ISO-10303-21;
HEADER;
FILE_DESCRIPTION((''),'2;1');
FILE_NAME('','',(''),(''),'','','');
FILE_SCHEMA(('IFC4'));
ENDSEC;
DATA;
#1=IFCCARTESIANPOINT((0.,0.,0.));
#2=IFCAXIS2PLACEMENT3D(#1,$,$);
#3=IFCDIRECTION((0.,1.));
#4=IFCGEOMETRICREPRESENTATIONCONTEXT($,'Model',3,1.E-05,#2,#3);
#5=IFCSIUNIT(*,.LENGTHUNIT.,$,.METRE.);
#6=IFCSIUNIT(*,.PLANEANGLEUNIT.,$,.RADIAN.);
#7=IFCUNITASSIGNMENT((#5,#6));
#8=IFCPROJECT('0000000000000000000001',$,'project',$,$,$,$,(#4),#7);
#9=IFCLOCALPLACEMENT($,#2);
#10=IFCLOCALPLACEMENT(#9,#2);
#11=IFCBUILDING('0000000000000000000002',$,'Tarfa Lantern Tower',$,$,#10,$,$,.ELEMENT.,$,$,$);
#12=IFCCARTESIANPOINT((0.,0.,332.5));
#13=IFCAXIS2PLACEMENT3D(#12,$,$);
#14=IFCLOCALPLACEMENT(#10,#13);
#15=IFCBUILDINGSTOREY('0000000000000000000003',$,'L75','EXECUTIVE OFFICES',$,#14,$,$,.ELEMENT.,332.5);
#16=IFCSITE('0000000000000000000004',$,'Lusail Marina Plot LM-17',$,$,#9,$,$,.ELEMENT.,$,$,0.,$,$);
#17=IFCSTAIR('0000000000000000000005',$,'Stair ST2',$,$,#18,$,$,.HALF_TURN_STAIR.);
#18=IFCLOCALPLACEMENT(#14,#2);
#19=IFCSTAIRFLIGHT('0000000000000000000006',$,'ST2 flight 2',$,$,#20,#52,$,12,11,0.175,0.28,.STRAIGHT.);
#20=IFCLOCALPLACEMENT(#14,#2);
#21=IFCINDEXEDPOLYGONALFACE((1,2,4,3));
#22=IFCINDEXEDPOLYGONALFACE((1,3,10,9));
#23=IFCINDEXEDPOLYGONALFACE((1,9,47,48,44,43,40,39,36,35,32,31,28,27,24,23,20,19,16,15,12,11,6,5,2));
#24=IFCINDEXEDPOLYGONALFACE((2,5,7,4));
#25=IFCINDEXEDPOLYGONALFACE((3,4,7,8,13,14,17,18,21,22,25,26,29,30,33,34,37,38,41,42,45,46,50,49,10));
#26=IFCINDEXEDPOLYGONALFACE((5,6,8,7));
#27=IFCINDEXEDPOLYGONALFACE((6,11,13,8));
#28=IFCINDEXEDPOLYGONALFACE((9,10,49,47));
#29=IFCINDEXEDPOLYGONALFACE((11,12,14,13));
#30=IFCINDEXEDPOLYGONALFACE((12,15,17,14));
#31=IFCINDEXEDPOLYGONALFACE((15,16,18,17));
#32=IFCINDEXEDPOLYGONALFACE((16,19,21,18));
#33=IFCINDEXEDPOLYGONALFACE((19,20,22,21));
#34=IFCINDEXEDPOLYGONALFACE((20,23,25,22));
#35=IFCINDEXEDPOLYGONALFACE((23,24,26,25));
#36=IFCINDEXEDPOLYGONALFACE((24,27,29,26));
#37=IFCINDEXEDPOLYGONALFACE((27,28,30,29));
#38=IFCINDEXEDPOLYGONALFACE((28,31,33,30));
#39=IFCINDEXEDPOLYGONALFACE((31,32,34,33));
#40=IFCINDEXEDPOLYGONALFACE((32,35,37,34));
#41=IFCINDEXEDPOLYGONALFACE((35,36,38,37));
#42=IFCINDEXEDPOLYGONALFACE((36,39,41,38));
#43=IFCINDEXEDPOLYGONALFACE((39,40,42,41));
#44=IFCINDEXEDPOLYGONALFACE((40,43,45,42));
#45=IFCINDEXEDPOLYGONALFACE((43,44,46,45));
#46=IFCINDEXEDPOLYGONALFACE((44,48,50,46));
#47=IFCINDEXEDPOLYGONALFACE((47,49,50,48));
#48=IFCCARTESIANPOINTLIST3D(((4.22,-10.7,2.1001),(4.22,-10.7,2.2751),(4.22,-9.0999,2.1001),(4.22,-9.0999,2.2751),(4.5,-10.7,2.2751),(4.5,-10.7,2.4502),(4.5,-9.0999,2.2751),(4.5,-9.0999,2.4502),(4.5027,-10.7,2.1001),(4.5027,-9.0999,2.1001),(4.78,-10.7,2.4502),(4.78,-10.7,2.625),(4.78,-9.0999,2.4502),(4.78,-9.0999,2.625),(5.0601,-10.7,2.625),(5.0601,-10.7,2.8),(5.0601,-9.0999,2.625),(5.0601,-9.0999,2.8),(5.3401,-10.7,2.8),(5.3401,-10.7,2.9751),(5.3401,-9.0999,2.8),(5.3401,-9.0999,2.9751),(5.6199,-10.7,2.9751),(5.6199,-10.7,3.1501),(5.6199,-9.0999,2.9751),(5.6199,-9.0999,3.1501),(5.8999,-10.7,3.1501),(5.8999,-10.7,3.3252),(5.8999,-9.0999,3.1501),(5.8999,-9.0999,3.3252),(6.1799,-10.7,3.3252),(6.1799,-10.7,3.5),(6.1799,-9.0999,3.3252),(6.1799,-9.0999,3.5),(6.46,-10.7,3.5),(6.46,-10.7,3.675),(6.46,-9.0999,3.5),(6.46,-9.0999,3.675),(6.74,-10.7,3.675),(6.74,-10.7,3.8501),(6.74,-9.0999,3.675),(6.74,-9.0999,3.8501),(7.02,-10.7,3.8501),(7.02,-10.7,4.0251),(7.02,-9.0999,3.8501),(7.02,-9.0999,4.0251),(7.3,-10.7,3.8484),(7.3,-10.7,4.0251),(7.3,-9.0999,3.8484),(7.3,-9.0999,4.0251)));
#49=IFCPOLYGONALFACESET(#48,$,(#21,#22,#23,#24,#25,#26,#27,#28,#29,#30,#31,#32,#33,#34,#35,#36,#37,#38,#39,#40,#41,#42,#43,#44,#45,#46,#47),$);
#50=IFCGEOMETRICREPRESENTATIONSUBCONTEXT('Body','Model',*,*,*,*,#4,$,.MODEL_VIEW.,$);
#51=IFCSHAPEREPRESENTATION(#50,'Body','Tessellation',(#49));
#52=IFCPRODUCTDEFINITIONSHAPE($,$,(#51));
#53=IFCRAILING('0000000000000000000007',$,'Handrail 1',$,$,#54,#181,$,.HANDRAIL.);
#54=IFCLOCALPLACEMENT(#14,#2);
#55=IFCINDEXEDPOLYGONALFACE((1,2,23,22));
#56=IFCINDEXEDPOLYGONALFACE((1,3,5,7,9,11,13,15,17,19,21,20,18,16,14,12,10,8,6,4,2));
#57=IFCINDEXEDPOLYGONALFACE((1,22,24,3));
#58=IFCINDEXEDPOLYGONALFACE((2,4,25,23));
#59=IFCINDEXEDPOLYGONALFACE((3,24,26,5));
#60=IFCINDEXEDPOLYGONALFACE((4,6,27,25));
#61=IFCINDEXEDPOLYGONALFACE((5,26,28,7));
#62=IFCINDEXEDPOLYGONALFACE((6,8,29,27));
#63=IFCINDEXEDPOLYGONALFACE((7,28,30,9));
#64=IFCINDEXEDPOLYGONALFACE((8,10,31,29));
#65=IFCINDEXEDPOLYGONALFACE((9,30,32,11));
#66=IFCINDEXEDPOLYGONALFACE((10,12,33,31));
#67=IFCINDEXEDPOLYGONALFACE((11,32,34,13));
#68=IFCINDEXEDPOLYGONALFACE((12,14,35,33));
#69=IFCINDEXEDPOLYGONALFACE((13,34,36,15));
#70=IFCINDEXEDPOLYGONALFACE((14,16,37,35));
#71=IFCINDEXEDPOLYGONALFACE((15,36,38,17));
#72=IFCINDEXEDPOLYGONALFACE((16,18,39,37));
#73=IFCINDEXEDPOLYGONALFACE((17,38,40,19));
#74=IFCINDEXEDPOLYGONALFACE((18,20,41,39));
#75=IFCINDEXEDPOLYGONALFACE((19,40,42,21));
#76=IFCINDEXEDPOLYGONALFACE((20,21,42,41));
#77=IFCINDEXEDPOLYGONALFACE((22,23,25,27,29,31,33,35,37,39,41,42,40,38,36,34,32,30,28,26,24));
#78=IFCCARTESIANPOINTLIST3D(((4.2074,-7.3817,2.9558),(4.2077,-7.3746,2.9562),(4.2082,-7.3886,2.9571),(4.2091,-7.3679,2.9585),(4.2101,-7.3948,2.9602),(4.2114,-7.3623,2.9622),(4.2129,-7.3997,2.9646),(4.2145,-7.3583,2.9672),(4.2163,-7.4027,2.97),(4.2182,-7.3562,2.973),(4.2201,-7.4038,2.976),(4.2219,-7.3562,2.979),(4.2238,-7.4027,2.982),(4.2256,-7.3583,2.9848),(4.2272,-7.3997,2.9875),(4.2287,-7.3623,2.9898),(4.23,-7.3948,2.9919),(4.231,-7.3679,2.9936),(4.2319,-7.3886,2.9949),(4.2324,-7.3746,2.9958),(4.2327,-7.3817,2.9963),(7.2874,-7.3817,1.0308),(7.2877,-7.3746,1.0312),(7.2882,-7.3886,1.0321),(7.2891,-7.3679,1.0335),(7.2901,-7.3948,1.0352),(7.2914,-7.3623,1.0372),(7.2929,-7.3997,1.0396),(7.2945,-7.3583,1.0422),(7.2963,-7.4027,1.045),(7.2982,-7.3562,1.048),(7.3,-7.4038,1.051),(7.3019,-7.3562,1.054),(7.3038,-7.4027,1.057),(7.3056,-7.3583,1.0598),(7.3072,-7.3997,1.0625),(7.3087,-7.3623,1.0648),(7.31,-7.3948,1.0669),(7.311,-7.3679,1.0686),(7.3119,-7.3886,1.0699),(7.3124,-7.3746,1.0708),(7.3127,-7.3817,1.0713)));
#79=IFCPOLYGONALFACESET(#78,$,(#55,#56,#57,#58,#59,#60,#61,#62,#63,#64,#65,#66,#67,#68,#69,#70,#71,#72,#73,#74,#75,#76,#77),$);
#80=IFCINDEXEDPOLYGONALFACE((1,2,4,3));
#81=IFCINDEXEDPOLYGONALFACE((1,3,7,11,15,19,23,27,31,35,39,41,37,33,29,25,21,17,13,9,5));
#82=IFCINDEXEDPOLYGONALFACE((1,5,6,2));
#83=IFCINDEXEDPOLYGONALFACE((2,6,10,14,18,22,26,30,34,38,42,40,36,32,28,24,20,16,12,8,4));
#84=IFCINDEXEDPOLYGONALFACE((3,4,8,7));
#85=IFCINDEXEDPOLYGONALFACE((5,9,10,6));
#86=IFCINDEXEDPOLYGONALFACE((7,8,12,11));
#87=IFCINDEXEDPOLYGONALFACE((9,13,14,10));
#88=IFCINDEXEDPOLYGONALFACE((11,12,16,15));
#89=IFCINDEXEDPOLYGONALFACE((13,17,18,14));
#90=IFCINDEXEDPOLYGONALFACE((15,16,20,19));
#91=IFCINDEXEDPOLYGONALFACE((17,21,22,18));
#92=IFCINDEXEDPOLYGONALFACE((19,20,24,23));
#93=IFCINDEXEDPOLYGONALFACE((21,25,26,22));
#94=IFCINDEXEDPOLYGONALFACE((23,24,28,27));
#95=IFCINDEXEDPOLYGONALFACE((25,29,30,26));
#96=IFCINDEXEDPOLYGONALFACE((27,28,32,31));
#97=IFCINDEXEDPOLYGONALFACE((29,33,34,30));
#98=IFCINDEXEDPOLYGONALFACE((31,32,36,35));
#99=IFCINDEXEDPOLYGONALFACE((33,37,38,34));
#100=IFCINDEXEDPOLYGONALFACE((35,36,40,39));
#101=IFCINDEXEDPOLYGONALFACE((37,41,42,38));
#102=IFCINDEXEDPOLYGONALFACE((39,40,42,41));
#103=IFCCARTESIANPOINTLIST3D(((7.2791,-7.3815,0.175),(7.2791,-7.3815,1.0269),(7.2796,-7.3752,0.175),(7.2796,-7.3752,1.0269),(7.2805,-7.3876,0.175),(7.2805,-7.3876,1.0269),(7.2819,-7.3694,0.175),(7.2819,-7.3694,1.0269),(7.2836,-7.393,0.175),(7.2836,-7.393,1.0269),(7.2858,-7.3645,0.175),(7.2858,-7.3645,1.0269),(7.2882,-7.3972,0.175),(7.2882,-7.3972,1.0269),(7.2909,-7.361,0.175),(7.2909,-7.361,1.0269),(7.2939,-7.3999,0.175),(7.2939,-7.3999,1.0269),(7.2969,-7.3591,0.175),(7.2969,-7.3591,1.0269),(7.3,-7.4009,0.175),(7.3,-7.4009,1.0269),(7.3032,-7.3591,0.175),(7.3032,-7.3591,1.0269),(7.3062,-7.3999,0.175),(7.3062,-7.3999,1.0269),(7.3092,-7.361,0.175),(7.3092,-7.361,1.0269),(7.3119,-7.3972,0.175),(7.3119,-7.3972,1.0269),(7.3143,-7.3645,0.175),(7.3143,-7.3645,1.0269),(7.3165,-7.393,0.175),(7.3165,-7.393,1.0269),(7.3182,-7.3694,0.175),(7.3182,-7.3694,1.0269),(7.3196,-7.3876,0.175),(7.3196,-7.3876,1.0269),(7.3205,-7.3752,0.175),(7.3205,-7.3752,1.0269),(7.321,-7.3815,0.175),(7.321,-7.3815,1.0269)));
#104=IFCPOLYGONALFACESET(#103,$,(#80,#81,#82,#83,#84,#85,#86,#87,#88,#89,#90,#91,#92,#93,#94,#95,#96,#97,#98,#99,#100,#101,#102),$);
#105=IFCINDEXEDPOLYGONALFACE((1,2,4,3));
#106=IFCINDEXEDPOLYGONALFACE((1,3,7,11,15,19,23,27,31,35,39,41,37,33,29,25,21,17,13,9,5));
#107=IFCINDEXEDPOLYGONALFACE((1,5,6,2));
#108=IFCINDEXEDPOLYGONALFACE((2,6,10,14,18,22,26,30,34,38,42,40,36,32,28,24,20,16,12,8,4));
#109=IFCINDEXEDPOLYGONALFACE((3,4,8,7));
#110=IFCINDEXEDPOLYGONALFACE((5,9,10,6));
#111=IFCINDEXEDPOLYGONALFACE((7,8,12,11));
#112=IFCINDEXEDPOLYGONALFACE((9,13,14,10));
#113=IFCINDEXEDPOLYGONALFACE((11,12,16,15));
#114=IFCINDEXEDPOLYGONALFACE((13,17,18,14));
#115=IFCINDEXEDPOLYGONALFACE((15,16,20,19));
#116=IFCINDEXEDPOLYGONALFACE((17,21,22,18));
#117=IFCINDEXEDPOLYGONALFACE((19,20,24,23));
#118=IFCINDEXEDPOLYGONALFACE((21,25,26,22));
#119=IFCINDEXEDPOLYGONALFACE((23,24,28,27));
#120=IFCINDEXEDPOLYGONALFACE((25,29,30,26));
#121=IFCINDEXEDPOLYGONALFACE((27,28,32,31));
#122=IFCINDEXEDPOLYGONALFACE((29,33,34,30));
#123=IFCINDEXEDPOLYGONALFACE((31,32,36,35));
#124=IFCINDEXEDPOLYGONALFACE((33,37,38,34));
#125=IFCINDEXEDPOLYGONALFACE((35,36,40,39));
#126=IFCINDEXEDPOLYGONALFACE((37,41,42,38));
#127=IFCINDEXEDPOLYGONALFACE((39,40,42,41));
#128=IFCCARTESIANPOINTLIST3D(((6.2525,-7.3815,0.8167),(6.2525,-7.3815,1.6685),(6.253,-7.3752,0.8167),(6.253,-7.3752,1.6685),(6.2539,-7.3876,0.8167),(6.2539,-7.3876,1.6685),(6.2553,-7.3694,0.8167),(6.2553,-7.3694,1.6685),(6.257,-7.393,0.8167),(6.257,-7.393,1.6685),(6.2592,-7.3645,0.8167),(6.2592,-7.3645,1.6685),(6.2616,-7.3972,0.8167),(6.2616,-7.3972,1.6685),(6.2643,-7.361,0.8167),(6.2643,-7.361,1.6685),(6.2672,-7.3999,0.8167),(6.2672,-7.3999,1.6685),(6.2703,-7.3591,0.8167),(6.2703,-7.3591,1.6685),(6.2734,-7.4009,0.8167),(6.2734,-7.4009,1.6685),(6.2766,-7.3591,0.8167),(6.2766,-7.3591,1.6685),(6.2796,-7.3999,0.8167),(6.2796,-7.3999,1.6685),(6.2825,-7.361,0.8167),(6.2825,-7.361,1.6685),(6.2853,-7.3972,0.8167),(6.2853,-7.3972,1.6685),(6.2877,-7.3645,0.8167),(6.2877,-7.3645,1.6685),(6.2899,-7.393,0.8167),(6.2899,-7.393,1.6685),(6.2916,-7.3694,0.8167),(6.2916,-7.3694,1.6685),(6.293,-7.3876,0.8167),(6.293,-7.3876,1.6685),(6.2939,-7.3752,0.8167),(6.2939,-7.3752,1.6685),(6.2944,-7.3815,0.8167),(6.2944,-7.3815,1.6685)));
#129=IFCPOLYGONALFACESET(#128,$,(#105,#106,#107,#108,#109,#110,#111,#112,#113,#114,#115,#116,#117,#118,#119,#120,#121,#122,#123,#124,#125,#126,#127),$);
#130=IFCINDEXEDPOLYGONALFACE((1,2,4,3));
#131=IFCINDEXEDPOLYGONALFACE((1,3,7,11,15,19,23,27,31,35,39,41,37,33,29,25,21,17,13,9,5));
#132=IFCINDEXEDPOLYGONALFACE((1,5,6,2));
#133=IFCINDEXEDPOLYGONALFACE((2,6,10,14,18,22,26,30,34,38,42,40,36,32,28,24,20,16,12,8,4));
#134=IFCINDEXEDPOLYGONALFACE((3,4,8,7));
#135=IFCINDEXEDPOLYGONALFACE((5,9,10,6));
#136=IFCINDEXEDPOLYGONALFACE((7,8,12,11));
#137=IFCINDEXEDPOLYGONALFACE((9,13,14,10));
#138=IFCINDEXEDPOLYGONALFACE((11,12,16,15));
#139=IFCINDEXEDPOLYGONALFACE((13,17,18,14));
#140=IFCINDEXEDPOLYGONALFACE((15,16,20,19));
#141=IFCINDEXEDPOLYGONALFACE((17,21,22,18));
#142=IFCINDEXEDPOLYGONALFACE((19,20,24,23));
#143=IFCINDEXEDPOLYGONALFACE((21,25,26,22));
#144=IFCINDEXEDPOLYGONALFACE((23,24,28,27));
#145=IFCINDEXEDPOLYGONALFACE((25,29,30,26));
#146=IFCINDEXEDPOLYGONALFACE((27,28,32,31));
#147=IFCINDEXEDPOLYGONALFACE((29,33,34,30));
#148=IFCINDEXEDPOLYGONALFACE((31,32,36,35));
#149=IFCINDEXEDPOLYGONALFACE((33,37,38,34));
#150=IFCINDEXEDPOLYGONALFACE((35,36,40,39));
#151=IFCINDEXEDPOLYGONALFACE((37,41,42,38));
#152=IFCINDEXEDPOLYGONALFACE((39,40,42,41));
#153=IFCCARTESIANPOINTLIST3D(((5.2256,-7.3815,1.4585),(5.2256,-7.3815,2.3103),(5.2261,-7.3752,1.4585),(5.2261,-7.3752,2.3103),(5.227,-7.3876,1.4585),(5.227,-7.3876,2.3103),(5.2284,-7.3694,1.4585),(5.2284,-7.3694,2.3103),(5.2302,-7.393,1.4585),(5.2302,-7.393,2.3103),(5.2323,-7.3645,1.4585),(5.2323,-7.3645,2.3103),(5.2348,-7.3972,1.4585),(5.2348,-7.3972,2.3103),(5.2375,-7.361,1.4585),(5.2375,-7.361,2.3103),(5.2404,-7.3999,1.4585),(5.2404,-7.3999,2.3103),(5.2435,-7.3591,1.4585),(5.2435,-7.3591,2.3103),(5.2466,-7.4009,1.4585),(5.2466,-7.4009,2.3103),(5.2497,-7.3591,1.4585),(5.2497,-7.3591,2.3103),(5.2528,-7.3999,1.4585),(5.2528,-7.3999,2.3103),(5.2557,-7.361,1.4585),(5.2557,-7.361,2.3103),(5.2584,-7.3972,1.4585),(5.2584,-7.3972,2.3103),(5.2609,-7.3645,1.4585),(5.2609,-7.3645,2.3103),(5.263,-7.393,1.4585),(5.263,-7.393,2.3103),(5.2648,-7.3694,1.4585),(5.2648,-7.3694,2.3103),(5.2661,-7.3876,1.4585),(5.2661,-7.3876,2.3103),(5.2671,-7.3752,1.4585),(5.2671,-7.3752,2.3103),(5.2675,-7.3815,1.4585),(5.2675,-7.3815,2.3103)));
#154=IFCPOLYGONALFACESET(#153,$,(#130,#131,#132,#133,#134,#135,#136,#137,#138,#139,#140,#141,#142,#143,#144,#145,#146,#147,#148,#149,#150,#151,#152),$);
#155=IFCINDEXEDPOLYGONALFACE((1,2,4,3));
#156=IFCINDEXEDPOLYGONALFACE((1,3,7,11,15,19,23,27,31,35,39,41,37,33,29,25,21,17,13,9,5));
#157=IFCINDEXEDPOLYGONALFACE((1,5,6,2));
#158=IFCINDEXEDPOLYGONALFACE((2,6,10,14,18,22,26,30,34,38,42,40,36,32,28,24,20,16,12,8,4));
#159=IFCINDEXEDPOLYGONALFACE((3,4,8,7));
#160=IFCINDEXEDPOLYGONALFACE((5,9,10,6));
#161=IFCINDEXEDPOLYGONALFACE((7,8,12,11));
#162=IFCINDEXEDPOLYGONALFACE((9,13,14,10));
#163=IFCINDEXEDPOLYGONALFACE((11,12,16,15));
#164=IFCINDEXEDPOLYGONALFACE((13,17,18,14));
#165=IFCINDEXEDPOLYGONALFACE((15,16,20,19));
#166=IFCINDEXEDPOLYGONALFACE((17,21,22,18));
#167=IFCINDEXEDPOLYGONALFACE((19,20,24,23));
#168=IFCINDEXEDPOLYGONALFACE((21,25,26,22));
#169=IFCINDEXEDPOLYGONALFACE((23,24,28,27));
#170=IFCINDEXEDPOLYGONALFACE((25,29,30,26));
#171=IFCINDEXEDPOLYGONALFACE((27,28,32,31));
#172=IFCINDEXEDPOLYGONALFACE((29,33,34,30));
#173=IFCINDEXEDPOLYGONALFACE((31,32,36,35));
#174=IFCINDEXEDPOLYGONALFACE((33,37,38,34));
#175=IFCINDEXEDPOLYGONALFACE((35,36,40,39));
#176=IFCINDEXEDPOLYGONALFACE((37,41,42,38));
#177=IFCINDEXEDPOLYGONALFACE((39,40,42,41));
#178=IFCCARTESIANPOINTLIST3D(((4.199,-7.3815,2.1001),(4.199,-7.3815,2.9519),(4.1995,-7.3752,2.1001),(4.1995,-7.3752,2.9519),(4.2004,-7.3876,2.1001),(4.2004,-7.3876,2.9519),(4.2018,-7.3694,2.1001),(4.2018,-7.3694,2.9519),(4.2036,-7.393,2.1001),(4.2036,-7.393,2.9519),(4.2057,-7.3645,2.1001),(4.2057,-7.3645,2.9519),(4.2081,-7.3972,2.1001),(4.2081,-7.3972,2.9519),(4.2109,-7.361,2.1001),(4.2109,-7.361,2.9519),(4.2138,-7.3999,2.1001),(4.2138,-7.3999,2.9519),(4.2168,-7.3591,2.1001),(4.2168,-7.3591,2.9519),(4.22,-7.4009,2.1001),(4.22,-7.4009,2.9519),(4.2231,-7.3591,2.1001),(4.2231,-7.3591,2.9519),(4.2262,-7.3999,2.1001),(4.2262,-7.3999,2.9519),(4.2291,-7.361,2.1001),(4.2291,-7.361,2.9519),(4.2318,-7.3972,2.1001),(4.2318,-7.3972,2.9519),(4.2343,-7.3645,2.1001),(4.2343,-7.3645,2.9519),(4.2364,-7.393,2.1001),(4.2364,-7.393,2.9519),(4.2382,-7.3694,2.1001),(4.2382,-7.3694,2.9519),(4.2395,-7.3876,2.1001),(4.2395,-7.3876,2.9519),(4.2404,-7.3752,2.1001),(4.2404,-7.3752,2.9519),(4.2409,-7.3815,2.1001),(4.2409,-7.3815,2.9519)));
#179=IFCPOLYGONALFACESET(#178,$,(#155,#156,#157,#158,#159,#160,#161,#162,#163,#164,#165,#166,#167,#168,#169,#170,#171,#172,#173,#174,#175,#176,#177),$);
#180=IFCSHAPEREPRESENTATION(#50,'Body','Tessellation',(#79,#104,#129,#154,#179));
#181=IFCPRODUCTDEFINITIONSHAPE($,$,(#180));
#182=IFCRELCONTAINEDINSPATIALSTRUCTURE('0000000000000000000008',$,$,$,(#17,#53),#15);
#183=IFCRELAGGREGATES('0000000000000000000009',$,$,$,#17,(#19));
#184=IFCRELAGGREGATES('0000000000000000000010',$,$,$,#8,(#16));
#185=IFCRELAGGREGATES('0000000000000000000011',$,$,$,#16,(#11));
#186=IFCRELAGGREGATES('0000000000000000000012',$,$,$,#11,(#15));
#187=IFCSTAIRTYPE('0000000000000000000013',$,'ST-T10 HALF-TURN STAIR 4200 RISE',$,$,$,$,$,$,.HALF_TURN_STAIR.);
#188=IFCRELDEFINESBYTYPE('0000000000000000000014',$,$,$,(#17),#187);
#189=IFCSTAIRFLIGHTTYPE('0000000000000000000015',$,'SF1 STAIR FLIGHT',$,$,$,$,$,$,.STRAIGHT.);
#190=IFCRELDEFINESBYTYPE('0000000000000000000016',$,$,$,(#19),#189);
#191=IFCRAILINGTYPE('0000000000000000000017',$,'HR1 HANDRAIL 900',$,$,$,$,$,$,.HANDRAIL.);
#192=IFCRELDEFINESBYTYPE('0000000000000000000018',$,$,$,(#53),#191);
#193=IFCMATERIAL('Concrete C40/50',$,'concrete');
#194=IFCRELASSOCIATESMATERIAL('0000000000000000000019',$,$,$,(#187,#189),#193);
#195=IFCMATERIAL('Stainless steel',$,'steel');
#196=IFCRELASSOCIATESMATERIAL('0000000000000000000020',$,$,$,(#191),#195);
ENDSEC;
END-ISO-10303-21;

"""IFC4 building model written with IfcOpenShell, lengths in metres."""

from ifc_helpers import new_model, si_unit, direction, frame, origin, origin_2d, place, context, subcontext, project, spatial, polyline, circle, outline, extrude, material, type_object, element, aggregate, save


model = new_model("IFC4")

# Units and contexts
model_context = context("Model", 3, precision=1e-05, world=origin(), true_north=direction((0.0, 1.0)))
body_context = subcontext(model_context, "Body", "Model", "MODEL_VIEW")
ifc_project = project(units=[si_unit("LENGTHUNIT", "METRE"), si_unit("PLANEANGLEUNIT", "RADIAN")], contexts=[model_context])

# Site, building, storey
site_placement = place(None, origin())
site = spatial("IfcSite", under=ifc_project, at=site_placement, Name="Lusail Marina Plot LM-17", CompositionType="ELEMENT", RefElevation=0.0)
building_placement = place(site_placement, origin())
building = spatial("IfcBuilding", under=site, at=building_placement, Name="Tarfa Lantern Tower", CompositionType="ELEMENT")
storey_placement = place(building_placement, frame((0.0, 0.0, 332.5)))
storey = spatial("IfcBuildingStorey", under=building, at=storey_placement, Name="L75", Description="EXECUTIVE OFFICES", CompositionType="ELEMENT", Elevation=332.5)

# Stair, stair flight
ifc_material_1 = material(Name="Concrete C40/50", Category="concrete")
stair_type = type_object("IfcStairType", Name="ST-T10 HALF-TURN STAIR 4200 RISE", PredefinedType="HALF_TURN_STAIR", material=ifc_material_1)
stair_placement = place(storey_placement, origin())
stair = element("IfcStair", 1, at=stair_placement, inside=storey, type_object=stair_type, Name="Stair ST2", PredefinedType="HALF_TURN_STAIR")
stair_flight_type = type_object("IfcStairFlightType", Name="SF1 STAIR FLIGHT", PredefinedType="STRAIGHT", material=ifc_material_1)
stair_flight_1_placement = place(storey_placement, frame((4.22, -9.8999, 2.1001), z_axis=(0.0, 0.0, 1.0), x_axis=(1.0, 0.0, 0.0)))
stair_flight_1 = element("IfcStairFlight", 2, at=stair_flight_1_placement, type_object=stair_flight_type, Name="ST2 flight 2", NumberOfRisers=12, NumberOfTreads=11, PredefinedType="STRAIGHT", RiserHeight=0.175, TreadLength=0.28, context=body_context, shape_type="SweptSolid", body=[
    extrude(outline(polyline([(0.0, 0.0), (0.0, 0.175), (0.28, 0.175), (0.28, 0.3501), (0.5601, 0.3501), (0.5601, 0.5249), (0.8401, 0.5249), (0.8401, 0.7), (1.1201, 0.7), (1.1201, 0.875), (1.3999, 0.875), (1.3999, 1.05), (1.6799, 1.05), (1.6799, 1.2251), (1.96, 1.2251), (1.96, 1.3999), (2.24, 1.3999), (2.24, 1.575), (2.52, 1.575), (2.52, 1.75), (2.8, 1.75), (2.8, 1.925), (3.0801, 1.925), (3.0801, 2.1001), (3.0801, 1.7483), (0.2827, 0.0), (0.0, 0.0)])), frame((0.0, 0.8, 0.0), z_axis=(0.0, -1.0, 0.0), x_axis=(1.0, 0.0, 0.0)), (0.0, 0.0, 1.0), 1.6001),
])
aggregate(stair, [stair_flight_1])

# Railing
ifc_material_2 = material(Name="Stainless steel", Category="steel")
railing_type = type_object("IfcRailingType", Name="HR1 HANDRAIL 900", PredefinedType="HANDRAIL", material=ifc_material_2)
railing_1_placement = place(storey_placement, frame((7.3, -7.3799, 0.175)))
element("IfcRailing", 3, at=railing_1_placement, inside=storey, type_object=railing_type, Name="Handrail 1", PredefinedType="HANDRAIL", context=body_context, shape_type="SweptSolid", body=[
    extrude(circle(Radius=0.0239, at=origin_2d()), frame((0.0, 0.0, 0.876), z_axis=(-0.847998, 0.0, 0.529999), x_axis=(0.0, -1.0, 0.0)), (0.0, 0.0, 1.0), 3.6321),
    extrude(circle(Radius=0.021, at=origin_2d()), frame((0.0, 0.0, 0.0), z_axis=(0.0, 0.0, 1.0), x_axis=(0.0, -1.0, 0.0)), (0.0, 0.0, 1.0), 0.8518),
    extrude(circle(Radius=0.021, at=origin_2d()), frame((-1.0266, 0.0, 0.6416), z_axis=(0.0, 0.0, 1.0), x_axis=(0.0, -1.0, 0.0)), (0.0, 0.0, 1.0), 0.8518),
    extrude(circle(Radius=0.021, at=origin_2d()), frame((-2.0535, 0.0, 1.2834), z_axis=(0.0, 0.0, 1.0), x_axis=(0.0, -1.0, 0.0)), (0.0, 0.0, 1.0), 0.8518),
    extrude(circle(Radius=0.021, at=origin_2d()), frame((-3.0801, 0.0, 1.925), z_axis=(0.0, 0.0, 1.0), x_axis=(0.0, -1.0, 0.0)), (0.0, 0.0, 1.0), 0.8518),
])

save(model, "model.ifc")
